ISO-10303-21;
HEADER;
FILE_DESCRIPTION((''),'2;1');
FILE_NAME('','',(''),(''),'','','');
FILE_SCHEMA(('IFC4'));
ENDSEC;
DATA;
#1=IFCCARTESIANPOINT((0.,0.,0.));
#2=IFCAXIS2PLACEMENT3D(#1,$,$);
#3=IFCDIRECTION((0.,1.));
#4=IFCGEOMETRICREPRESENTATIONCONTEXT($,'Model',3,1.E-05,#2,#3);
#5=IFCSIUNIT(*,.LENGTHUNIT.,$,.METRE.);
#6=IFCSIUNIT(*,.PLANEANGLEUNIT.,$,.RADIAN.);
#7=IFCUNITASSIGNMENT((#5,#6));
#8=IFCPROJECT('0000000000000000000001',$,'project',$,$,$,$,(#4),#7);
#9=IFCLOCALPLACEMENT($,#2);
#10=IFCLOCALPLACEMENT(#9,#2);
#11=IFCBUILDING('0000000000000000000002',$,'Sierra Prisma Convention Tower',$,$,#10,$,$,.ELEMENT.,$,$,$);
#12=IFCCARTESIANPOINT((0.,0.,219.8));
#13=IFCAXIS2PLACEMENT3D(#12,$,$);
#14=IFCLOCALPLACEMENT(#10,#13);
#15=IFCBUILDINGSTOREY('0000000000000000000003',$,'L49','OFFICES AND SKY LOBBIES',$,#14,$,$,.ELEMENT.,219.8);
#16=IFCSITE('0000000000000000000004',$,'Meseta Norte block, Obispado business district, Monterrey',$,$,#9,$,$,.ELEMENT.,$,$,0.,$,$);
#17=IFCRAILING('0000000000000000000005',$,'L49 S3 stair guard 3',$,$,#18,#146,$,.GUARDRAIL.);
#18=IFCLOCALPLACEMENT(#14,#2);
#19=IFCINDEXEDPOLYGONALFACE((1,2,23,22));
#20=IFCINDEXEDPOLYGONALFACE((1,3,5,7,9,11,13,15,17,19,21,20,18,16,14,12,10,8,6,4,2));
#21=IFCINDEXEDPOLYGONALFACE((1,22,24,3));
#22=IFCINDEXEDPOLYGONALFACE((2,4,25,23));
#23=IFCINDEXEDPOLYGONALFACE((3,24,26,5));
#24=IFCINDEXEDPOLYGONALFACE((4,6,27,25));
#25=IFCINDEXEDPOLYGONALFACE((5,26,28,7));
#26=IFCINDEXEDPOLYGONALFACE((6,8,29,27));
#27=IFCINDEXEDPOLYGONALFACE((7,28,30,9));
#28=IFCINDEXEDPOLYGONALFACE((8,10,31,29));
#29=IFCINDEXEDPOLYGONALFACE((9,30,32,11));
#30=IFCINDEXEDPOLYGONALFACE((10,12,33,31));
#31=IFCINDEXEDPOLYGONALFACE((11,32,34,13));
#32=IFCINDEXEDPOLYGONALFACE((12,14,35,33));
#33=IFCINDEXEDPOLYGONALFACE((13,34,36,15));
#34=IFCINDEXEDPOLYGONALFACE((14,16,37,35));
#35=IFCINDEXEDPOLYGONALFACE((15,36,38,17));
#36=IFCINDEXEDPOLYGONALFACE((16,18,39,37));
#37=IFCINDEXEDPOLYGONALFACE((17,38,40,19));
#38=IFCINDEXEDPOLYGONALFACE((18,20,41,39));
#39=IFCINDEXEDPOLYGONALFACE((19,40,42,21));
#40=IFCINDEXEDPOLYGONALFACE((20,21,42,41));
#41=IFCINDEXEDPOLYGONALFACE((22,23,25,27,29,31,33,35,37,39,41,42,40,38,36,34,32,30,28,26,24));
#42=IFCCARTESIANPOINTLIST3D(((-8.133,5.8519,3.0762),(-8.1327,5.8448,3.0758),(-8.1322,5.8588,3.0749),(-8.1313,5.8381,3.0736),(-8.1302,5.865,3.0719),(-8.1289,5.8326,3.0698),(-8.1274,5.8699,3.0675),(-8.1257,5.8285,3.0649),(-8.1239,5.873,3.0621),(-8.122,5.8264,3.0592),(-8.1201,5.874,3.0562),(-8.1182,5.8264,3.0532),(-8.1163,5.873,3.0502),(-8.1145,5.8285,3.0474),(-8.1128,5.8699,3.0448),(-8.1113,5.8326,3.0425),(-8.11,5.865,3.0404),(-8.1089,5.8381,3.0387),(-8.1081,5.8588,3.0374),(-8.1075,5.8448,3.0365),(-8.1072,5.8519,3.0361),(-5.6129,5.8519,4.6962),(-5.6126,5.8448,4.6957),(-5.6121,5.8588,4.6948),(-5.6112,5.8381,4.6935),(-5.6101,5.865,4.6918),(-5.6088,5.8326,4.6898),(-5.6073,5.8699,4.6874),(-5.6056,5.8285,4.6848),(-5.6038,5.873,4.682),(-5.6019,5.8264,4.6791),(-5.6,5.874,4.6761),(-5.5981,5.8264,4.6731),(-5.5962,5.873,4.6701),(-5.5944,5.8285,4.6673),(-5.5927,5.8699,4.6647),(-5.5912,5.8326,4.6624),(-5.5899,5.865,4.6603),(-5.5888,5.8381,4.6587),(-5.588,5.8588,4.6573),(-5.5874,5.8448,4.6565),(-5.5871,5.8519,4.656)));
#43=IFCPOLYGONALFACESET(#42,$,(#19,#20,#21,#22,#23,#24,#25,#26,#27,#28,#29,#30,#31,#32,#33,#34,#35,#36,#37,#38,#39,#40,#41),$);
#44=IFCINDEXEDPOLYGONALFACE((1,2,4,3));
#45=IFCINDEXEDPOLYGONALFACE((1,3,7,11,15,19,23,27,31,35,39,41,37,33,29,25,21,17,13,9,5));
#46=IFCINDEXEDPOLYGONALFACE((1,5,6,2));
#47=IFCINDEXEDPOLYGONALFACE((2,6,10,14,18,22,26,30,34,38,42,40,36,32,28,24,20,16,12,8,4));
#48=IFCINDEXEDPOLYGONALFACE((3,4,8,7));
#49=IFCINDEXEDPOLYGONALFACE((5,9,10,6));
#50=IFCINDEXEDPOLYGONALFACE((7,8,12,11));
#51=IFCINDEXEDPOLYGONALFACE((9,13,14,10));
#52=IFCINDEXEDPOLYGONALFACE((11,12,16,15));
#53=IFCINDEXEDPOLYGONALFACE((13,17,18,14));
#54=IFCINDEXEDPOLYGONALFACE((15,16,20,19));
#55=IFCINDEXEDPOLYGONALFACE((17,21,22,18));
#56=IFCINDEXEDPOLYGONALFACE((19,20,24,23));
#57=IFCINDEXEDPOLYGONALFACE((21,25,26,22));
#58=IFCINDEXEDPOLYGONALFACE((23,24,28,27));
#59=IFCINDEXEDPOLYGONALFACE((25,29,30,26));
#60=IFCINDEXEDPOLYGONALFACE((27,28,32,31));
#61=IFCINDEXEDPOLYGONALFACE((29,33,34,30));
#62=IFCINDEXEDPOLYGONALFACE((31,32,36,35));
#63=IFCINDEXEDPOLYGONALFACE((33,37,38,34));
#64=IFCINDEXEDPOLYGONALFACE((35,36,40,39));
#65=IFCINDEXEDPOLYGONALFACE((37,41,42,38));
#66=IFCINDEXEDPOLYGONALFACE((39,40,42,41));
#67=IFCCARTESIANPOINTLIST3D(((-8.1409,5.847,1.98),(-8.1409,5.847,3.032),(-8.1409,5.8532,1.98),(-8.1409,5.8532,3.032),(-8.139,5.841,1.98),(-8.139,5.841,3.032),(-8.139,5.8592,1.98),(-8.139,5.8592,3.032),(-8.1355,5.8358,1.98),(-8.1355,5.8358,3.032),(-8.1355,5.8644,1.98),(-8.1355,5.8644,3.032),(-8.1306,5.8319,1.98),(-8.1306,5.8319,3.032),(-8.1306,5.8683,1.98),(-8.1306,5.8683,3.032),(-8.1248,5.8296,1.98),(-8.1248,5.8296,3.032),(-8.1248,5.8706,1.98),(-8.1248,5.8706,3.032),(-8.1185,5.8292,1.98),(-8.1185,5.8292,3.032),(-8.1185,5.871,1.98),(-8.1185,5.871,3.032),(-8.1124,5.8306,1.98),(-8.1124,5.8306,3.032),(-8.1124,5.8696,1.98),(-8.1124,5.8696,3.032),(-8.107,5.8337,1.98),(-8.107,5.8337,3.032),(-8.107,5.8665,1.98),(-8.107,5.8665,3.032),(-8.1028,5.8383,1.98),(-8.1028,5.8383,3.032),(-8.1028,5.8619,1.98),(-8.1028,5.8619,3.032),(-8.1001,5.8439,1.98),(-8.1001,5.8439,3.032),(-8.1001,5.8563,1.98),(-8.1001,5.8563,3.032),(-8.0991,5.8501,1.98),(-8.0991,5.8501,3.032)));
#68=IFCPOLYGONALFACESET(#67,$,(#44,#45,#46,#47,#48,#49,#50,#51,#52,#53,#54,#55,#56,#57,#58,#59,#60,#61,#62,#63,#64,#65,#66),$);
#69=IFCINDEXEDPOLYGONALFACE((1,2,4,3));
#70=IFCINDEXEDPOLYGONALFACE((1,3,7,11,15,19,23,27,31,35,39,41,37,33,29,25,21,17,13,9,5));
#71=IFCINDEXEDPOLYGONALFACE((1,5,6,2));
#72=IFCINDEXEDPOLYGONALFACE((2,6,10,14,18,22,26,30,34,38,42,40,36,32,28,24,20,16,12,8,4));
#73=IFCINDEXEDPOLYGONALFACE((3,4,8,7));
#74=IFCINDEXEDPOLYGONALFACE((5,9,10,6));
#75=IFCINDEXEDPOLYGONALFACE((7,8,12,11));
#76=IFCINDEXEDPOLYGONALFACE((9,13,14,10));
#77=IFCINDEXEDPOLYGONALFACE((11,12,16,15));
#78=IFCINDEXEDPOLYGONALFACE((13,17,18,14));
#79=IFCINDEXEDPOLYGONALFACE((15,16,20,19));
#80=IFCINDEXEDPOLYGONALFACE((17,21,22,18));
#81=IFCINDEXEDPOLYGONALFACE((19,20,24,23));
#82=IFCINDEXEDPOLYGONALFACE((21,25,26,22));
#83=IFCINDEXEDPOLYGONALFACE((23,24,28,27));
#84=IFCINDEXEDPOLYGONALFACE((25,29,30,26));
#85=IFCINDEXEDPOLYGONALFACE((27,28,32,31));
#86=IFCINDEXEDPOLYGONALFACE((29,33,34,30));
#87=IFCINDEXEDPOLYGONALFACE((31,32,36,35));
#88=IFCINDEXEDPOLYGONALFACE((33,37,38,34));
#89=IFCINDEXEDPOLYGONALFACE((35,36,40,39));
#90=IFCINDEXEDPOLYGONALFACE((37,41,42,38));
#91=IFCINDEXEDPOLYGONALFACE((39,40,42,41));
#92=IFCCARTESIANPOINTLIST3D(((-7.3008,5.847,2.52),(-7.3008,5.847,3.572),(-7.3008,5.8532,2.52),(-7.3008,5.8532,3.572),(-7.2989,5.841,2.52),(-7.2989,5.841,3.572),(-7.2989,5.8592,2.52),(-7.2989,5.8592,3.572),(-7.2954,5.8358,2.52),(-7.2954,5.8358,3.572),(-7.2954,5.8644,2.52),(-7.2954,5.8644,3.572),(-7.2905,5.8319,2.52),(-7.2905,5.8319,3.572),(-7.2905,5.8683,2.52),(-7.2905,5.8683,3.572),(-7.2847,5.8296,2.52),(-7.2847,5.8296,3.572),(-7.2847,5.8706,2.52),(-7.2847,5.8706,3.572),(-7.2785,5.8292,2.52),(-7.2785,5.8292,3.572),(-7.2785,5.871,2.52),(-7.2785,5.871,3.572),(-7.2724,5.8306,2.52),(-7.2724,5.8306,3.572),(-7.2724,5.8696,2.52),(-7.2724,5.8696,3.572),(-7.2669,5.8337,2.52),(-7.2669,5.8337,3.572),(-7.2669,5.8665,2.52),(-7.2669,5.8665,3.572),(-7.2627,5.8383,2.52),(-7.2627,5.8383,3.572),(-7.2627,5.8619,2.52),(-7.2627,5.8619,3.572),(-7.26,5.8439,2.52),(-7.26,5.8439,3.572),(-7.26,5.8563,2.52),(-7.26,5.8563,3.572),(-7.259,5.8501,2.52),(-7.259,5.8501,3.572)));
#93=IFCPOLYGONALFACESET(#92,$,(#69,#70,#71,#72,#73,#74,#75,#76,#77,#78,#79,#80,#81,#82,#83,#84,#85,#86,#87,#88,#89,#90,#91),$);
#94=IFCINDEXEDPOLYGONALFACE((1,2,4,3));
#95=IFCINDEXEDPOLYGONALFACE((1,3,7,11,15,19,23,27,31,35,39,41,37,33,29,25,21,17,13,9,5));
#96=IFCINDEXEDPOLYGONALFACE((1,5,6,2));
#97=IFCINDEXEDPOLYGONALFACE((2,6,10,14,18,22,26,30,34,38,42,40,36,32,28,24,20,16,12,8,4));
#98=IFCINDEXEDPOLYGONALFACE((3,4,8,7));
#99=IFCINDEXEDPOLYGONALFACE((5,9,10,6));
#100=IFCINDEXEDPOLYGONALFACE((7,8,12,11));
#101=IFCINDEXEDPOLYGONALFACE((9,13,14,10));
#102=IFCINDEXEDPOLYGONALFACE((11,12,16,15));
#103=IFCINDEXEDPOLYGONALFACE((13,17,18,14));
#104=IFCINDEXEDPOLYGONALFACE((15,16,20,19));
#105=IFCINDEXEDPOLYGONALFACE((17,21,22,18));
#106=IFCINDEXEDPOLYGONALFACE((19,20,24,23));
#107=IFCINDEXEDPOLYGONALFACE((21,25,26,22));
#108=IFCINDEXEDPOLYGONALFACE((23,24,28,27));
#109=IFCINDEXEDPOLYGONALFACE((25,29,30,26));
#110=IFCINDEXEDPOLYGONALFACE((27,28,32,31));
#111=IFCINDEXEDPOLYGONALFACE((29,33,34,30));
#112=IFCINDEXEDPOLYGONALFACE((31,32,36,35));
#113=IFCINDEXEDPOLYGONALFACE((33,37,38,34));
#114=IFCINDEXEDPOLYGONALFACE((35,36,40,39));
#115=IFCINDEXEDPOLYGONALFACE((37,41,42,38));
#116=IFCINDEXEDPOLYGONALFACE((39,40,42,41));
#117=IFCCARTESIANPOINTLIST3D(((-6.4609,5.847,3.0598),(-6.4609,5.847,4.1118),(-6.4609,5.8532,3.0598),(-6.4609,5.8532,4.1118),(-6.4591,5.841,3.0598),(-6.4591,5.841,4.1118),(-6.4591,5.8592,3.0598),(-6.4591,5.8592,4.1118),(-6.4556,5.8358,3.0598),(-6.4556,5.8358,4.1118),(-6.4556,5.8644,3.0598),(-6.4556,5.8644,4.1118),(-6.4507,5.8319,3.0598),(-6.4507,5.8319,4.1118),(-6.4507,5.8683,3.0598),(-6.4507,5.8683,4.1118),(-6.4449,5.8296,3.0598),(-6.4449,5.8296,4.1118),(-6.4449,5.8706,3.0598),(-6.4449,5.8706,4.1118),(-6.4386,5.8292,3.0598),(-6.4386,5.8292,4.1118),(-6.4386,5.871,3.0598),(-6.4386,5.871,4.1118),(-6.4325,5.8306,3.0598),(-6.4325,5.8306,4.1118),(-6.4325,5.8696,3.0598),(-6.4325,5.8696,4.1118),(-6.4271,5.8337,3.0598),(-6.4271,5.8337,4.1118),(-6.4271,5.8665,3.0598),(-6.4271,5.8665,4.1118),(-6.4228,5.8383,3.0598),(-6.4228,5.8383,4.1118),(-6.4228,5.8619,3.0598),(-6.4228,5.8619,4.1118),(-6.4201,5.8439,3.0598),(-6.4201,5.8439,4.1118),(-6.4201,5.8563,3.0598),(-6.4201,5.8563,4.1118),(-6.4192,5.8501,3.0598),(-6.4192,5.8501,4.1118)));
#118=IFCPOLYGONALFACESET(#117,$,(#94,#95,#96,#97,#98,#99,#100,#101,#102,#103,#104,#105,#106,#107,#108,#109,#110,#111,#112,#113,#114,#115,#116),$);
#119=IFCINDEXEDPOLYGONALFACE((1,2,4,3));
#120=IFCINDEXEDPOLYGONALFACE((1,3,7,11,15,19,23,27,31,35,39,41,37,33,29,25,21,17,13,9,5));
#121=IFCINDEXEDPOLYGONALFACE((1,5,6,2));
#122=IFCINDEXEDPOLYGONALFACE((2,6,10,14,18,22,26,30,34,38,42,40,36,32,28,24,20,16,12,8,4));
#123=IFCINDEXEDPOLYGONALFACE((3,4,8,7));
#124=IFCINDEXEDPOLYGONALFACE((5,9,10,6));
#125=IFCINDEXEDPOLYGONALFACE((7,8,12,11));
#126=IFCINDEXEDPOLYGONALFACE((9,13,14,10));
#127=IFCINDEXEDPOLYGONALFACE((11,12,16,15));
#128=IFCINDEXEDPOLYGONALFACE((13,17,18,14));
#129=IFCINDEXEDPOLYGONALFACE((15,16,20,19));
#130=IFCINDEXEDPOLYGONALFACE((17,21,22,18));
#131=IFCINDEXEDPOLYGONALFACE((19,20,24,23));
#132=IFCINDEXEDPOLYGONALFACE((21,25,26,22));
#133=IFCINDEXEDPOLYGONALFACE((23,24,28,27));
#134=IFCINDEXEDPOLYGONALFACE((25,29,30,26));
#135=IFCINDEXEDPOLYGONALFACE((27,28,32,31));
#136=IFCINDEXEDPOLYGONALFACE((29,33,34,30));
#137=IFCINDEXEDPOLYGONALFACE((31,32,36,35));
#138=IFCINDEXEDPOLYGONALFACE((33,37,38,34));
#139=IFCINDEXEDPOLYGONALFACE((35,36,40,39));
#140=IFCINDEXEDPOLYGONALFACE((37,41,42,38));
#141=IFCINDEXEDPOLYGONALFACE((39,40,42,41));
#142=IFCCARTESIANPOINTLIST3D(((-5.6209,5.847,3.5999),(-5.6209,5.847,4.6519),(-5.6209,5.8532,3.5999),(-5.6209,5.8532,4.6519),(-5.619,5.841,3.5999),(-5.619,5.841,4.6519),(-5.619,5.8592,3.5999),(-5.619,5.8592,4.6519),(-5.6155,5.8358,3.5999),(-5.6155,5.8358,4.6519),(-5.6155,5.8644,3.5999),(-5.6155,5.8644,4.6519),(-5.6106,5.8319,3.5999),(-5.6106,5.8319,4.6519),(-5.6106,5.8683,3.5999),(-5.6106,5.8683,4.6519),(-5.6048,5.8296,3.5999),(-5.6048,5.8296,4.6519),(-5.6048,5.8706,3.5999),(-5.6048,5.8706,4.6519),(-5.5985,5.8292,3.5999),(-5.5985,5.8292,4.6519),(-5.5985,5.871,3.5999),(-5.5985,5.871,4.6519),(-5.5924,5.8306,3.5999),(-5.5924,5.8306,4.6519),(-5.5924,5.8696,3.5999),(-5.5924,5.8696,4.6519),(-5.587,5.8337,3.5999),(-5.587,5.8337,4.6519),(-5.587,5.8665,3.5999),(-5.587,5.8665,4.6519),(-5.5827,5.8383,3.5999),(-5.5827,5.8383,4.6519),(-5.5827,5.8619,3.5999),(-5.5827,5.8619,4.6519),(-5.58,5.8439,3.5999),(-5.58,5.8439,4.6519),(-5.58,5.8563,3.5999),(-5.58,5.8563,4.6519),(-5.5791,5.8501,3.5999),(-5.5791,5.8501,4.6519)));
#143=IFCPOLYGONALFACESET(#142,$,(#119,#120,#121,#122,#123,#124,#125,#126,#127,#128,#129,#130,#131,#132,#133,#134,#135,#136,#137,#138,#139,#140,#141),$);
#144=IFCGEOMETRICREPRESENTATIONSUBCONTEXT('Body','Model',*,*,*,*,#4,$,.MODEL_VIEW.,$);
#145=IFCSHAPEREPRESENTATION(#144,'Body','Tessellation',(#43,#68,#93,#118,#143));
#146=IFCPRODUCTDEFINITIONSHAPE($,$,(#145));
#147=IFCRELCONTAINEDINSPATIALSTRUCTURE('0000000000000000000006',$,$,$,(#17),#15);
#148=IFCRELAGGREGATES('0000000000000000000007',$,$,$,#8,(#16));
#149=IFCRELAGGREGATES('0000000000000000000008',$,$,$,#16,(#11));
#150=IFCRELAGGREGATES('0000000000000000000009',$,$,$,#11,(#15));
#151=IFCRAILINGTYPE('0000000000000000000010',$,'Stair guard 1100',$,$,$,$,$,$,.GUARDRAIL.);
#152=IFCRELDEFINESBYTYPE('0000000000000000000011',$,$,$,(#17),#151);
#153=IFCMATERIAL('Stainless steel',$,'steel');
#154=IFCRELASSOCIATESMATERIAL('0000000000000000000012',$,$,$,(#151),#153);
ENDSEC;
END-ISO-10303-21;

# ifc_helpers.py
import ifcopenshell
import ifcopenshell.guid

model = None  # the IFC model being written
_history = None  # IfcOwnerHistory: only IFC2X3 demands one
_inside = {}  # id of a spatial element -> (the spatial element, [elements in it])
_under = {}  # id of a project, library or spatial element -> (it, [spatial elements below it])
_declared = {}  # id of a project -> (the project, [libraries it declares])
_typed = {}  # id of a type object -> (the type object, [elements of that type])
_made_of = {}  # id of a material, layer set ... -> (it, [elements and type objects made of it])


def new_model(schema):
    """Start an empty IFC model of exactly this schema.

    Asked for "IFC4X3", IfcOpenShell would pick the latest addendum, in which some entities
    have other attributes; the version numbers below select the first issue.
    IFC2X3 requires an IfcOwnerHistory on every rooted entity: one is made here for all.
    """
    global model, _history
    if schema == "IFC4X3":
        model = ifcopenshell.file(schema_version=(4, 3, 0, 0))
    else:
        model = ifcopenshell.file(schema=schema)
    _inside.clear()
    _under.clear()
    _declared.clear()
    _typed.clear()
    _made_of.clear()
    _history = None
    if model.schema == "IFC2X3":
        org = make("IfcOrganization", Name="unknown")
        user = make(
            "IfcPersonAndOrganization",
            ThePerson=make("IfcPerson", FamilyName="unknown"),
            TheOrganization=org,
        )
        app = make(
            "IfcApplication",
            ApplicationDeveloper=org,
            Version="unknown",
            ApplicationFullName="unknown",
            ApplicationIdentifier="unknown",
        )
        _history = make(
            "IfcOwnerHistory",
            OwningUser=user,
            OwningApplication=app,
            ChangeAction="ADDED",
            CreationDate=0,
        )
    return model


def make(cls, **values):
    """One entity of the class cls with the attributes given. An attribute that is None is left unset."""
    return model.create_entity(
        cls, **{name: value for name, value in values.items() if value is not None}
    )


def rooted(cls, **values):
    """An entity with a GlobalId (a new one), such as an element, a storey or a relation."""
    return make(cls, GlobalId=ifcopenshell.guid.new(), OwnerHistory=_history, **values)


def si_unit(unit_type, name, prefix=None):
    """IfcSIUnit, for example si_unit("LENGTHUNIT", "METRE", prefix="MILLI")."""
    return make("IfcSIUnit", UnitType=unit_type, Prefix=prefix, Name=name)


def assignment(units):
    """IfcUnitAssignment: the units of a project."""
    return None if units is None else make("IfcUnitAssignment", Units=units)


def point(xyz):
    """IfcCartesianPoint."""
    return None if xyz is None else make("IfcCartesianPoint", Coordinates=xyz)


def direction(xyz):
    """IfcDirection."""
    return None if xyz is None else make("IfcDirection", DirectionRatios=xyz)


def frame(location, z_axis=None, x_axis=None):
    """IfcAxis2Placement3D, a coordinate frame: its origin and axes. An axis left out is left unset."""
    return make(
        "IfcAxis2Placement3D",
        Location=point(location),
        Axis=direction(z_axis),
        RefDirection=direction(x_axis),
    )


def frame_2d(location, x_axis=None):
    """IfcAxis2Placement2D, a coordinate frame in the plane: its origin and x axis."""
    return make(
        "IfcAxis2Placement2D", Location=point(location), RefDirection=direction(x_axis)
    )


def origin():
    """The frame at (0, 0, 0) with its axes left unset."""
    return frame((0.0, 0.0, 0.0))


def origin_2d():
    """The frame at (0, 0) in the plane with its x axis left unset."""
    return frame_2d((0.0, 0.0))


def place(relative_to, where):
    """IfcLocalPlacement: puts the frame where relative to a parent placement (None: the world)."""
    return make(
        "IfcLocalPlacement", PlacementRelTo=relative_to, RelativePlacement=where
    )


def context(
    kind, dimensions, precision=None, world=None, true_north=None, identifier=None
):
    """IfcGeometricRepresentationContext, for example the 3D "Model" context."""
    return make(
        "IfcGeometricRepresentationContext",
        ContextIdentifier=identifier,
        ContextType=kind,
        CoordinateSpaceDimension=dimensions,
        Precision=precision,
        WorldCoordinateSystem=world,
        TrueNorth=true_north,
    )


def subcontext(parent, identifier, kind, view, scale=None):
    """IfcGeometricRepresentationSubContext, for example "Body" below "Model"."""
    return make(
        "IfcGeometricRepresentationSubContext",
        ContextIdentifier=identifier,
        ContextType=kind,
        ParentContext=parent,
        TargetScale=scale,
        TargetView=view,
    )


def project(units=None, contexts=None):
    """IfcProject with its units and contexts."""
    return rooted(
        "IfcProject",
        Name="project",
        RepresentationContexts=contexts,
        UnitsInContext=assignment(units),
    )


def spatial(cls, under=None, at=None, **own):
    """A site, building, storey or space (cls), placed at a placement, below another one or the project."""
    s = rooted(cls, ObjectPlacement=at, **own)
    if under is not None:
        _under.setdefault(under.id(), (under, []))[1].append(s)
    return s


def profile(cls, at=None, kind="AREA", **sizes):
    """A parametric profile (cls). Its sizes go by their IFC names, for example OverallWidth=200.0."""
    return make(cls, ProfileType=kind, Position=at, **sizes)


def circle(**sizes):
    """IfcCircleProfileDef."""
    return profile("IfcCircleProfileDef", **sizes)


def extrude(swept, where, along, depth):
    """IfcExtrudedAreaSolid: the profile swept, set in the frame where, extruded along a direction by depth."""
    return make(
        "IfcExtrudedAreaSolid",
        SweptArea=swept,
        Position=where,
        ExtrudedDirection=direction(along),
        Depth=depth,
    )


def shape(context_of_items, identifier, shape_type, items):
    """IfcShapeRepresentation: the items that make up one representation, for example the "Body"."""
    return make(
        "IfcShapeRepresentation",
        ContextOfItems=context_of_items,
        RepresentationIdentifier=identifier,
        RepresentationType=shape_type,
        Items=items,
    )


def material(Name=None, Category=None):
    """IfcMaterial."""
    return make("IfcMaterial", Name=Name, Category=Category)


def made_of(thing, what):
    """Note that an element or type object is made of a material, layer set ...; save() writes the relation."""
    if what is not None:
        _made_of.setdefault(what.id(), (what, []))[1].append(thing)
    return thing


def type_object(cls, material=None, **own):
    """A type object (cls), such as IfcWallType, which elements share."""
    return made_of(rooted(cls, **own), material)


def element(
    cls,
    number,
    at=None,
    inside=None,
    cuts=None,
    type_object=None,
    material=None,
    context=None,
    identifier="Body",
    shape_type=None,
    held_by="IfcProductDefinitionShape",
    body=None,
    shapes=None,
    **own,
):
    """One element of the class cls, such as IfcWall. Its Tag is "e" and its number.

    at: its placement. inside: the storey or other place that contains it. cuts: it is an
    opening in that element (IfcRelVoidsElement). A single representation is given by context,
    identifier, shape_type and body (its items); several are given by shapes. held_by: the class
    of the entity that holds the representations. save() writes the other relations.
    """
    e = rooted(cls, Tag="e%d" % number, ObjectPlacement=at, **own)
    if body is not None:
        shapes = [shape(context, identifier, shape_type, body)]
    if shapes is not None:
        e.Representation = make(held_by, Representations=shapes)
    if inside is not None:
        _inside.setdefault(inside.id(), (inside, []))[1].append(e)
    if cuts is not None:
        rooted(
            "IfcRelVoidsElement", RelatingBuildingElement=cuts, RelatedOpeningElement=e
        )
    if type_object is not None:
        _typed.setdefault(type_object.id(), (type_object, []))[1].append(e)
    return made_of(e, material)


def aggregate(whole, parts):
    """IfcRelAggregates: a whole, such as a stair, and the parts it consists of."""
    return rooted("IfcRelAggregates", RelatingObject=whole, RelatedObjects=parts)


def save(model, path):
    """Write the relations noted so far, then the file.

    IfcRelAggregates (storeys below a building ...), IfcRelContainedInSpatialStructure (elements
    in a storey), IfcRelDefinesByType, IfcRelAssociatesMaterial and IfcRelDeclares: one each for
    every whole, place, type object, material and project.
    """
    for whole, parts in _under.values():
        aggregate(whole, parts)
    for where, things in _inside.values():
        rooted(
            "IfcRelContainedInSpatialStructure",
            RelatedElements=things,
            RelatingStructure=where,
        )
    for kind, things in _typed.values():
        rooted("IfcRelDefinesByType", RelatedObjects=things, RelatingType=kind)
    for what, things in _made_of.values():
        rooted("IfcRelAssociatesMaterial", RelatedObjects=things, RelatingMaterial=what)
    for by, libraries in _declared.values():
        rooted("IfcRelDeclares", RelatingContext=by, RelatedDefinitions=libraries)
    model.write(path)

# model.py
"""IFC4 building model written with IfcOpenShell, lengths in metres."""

from ifc_helpers import new_model, si_unit, direction, frame, origin, origin_2d, place, context, subcontext, project, spatial, circle, extrude, material, type_object, element, save


model = new_model("IFC4")

# Units and contexts
model_context = context("Model", 3, precision=1e-05, world=origin(), true_north=direction((0.0, 1.0)))
body_context = subcontext(model_context, "Body", "Model", "MODEL_VIEW")
ifc_project = project(units=[si_unit("LENGTHUNIT", "METRE"), si_unit("PLANEANGLEUNIT", "RADIAN")], contexts=[model_context])

# Site, building, storey
site_placement = place(None, origin())
site = spatial("IfcSite", under=ifc_project, at=site_placement, Name="Meseta Norte block, Obispado business district, Monterrey", CompositionType="ELEMENT", RefElevation=0.0)
building_placement = place(site_placement, origin())
building = spatial("IfcBuilding", under=site, at=building_placement, Name="Sierra Prisma Convention Tower", CompositionType="ELEMENT")
storey_placement = place(building_placement, frame((0.0, 0.0, 219.8)))
storey = spatial("IfcBuildingStorey", under=building, at=storey_placement, Name="L49", Description="OFFICES AND SKY LOBBIES", CompositionType="ELEMENT", Elevation=219.8)

# Railing
ifc_material_1 = material(Name="Stainless steel", Category="steel")
railing_type_1 = type_object("IfcRailingType", Name="Stair guard 1100", PredefinedType="GUARDRAIL", material=ifc_material_1)
railing_1_placement = place(storey_placement, frame((-8.1201, 5.8501, 1.98)))
element("IfcRailing", 1, at=railing_1_placement, inside=storey, type_object=railing_type_1, Name="L49 S3 stair guard 3", PredefinedType="GUARDRAIL", context=body_context, shape_type="SweptSolid", body=[
    extrude(circle(Radius=0.0239, at=origin_2d()), frame((0.0, 0.0, 1.0762), z_axis=(0.8412, 0.0, 0.540725), x_axis=(0.0, 1.0, 0.0)), (0.0, 0.0, 1.0), 2.9958),
    extrude(circle(Radius=0.021, at=origin_2d()), origin(), (0.0, 0.0, 1.0), 1.052),
    extrude(circle(Radius=0.021, at=origin_2d()), frame((0.8401, 0.0, 0.54)), (0.0, 0.0, 1.0), 1.052),
    extrude(circle(Radius=0.021, at=origin_2d()), frame((1.6799, 0.0, 1.0798)), (0.0, 0.0, 1.0), 1.052),
    extrude(circle(Radius=0.021, at=origin_2d()), frame((2.52, 0.0, 1.6199)), (0.0, 0.0, 1.0), 1.052),
])

save(model, "model.ifc")
